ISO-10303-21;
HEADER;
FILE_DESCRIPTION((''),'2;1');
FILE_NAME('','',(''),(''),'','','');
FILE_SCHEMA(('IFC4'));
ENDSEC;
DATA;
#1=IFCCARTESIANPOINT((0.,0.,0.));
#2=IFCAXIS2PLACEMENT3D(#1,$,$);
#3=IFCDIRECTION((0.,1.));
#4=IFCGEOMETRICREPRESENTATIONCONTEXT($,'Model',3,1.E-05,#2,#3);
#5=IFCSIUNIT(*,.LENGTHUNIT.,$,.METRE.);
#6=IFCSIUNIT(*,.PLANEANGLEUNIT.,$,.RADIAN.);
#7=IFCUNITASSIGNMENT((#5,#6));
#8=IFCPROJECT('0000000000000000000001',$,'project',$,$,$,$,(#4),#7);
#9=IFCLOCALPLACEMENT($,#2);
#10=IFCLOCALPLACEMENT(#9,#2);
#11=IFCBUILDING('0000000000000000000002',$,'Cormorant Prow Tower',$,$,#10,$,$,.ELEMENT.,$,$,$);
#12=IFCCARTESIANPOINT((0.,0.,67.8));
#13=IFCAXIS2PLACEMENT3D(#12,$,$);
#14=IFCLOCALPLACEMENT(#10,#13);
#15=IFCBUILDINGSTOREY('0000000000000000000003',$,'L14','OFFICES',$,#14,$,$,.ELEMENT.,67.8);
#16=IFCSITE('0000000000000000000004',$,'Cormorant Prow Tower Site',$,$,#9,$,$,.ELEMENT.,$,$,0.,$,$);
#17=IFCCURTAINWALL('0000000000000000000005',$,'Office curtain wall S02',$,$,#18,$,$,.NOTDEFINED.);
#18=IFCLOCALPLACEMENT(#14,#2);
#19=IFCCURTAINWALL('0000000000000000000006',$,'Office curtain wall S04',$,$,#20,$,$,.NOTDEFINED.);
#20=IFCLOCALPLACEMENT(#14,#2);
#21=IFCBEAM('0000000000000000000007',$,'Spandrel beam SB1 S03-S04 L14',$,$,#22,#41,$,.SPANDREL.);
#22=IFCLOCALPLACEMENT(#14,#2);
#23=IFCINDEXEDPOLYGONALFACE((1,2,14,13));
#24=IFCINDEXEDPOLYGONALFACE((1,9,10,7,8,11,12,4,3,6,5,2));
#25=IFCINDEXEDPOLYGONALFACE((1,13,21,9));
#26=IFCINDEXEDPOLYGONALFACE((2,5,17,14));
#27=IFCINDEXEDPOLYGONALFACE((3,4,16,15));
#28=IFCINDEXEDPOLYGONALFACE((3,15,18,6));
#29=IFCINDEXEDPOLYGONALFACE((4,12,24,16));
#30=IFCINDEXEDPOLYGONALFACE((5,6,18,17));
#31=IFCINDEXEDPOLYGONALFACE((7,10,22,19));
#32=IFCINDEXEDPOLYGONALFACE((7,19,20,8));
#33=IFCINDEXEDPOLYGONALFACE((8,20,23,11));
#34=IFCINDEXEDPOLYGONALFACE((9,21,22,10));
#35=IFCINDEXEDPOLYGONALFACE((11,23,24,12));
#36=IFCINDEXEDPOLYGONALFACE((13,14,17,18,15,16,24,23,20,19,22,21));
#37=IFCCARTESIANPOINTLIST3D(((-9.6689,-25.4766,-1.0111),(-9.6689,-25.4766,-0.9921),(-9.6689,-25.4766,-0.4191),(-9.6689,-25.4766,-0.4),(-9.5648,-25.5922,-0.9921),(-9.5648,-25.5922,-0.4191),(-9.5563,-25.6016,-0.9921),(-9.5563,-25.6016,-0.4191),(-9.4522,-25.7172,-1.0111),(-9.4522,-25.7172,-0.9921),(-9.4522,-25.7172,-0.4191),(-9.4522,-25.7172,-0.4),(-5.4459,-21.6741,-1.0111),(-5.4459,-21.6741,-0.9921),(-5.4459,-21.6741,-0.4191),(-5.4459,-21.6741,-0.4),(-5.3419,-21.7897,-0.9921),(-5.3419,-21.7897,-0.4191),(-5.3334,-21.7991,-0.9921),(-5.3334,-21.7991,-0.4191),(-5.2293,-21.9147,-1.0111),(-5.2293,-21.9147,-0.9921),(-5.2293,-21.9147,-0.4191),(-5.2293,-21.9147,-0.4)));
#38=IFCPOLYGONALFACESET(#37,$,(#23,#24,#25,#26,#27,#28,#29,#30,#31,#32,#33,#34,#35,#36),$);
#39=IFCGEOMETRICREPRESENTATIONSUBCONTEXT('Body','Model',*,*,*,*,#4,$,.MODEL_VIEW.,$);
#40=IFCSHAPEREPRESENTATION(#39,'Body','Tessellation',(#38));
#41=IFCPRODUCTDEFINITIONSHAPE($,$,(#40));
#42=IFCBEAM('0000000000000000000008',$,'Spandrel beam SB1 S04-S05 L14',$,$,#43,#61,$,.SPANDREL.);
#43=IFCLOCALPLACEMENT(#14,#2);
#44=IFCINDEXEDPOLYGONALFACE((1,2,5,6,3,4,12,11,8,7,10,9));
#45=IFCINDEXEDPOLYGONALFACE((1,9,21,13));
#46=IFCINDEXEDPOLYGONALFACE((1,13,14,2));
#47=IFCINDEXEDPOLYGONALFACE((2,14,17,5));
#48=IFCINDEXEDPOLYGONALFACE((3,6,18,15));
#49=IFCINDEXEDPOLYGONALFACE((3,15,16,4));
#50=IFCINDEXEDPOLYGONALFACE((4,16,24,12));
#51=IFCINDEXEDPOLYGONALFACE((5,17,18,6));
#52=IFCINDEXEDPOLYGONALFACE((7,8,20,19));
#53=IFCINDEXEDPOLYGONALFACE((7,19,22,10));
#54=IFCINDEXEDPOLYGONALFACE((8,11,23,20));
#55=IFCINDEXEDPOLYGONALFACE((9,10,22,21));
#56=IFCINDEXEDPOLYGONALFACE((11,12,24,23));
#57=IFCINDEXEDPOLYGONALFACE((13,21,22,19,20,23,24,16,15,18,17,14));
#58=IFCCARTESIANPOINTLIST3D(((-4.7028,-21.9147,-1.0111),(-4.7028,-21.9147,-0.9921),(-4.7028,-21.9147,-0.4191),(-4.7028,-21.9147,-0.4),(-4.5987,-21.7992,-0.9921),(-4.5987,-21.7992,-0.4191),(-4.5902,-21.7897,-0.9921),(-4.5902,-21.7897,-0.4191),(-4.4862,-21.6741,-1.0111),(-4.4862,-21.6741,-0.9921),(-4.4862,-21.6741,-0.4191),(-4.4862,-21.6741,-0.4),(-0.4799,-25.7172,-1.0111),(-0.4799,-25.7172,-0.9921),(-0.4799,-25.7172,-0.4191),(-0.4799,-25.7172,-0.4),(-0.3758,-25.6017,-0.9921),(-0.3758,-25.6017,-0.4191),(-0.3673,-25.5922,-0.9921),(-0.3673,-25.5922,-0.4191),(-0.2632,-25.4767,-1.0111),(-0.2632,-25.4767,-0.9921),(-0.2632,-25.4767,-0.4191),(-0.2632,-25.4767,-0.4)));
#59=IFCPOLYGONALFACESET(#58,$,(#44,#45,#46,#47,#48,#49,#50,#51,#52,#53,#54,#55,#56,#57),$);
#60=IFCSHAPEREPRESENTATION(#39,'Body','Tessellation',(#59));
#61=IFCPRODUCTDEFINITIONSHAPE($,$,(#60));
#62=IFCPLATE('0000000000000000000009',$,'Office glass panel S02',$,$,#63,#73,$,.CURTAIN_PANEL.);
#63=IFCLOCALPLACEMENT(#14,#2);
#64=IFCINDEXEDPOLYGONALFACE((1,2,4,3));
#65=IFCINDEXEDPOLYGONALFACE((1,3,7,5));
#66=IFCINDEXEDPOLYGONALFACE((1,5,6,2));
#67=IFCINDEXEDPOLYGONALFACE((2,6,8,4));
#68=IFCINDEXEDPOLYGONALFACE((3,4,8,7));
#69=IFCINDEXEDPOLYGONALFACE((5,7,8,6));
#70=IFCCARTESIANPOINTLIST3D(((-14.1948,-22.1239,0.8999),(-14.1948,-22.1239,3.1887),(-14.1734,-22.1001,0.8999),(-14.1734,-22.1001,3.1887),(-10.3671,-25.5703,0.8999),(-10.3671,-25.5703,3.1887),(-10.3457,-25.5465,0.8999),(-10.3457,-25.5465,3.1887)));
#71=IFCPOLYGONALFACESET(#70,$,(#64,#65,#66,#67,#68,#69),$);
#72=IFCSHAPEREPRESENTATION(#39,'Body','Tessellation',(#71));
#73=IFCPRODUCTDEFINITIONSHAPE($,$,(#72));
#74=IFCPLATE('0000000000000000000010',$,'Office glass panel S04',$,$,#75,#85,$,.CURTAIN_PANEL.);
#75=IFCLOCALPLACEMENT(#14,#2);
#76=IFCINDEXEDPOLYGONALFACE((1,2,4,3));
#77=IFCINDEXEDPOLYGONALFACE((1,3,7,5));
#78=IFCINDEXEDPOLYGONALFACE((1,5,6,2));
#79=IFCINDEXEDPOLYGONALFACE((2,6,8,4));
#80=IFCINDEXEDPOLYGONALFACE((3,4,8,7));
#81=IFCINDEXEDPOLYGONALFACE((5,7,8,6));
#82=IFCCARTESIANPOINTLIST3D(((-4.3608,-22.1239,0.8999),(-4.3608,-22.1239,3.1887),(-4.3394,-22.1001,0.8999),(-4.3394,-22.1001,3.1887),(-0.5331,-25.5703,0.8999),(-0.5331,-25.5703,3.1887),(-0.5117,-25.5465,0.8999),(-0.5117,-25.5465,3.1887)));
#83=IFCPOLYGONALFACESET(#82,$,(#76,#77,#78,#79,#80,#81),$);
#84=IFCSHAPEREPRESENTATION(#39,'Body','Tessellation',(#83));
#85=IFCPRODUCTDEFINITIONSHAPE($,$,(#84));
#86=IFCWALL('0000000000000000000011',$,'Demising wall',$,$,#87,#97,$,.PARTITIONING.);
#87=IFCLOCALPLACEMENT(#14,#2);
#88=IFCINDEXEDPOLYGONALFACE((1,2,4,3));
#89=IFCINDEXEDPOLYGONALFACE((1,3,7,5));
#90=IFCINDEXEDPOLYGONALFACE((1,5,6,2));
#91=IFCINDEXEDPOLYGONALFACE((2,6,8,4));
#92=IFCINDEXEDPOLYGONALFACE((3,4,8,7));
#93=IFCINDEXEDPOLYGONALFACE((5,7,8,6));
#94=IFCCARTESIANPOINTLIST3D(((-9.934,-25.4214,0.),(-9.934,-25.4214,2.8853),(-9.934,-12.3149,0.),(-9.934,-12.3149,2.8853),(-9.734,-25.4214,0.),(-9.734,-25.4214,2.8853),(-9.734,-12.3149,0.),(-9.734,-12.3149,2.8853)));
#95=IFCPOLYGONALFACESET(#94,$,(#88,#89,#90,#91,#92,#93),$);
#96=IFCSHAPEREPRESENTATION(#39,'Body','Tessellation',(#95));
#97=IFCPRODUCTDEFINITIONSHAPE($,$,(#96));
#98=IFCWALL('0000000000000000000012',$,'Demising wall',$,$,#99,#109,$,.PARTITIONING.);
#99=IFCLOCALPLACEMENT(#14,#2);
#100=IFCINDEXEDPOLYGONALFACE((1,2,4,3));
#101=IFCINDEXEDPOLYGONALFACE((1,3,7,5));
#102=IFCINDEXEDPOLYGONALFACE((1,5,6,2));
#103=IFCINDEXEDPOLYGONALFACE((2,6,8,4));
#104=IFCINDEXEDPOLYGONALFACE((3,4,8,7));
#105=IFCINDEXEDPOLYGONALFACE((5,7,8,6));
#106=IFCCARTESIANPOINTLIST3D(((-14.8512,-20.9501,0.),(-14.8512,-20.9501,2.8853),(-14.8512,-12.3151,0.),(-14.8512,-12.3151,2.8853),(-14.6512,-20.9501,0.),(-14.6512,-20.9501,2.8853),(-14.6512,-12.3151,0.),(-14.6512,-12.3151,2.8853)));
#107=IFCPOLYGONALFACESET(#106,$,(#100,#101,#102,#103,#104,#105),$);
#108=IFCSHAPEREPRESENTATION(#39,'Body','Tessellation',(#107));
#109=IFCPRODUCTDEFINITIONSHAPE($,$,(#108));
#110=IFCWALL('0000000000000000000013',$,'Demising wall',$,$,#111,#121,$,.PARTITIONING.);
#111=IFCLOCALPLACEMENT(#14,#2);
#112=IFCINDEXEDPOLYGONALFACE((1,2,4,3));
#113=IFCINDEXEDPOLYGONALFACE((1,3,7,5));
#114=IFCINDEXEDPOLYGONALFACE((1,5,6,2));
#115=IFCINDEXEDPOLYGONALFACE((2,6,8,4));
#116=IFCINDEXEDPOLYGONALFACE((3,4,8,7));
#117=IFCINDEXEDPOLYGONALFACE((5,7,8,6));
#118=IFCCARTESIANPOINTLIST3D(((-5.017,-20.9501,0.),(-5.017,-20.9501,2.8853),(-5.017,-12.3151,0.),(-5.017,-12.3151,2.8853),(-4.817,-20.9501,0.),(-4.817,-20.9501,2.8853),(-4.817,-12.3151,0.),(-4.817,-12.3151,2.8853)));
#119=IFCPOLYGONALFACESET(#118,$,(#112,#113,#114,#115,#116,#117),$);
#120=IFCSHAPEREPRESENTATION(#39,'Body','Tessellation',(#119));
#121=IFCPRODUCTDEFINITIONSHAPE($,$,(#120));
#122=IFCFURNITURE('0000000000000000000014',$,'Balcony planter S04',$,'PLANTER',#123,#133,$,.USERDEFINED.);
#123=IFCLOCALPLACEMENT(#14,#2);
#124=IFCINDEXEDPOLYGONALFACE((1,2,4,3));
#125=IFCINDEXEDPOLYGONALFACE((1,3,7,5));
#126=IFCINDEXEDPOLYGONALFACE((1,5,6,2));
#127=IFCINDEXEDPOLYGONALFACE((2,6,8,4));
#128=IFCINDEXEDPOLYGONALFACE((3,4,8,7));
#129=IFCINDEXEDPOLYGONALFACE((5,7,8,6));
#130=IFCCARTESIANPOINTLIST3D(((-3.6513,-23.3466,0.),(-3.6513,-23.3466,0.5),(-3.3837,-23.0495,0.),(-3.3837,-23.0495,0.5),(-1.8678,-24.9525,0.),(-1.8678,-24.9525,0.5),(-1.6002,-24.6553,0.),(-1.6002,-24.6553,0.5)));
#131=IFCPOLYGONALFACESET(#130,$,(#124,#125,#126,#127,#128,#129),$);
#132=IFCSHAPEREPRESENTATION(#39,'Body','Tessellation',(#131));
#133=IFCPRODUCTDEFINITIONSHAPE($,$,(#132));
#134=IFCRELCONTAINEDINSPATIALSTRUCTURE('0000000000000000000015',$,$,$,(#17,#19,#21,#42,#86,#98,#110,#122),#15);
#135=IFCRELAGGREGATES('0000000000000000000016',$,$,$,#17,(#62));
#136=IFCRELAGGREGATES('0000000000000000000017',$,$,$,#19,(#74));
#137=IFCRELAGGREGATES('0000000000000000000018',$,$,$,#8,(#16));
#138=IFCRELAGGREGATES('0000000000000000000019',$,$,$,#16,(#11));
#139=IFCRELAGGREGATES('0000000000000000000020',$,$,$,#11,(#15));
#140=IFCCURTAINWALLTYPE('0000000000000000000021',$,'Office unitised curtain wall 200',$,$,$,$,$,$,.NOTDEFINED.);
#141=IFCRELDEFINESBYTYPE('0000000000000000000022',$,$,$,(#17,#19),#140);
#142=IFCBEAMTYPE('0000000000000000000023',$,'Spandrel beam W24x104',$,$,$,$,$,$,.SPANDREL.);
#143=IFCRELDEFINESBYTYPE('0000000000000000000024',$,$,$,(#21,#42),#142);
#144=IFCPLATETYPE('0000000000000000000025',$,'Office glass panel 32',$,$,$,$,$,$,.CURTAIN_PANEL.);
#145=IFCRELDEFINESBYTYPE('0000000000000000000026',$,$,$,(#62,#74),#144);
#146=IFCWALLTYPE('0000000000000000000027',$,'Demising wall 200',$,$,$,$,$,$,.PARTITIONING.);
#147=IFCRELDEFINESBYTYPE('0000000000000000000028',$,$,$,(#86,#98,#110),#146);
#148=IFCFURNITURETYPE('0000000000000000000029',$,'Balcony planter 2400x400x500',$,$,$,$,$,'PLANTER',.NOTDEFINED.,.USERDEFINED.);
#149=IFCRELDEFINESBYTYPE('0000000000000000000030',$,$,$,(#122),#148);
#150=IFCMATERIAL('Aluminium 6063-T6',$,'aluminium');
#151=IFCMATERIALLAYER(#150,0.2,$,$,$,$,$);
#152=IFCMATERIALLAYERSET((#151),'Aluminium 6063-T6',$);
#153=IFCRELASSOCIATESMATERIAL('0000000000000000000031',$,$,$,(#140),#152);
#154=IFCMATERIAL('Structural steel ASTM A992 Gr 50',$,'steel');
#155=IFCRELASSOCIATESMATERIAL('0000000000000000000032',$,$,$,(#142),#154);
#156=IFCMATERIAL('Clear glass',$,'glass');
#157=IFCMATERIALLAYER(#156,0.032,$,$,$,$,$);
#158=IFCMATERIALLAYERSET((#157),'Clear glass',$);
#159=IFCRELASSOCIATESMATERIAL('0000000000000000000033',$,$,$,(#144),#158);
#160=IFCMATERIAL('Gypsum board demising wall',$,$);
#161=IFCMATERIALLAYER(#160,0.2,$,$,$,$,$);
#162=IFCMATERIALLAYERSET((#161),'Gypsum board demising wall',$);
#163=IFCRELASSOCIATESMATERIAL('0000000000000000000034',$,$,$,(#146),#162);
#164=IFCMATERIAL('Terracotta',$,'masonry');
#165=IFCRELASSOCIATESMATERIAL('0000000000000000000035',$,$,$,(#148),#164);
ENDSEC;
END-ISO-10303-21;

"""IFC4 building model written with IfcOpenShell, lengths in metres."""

from ifc_helpers import new_model, si_unit, direction, frame, frame_2d, origin, origin_2d, place, context, subcontext, project, spatial, rectangle, i_section, extrude, material, layer, layer_set, material_profile, profile_set, type_object, element, aggregate, save


model = new_model("IFC4")

# Units and contexts
model_context = context("Model", 3, precision=1e-05, world=origin(), true_north=direction((0.0, 1.0)))
body_context = subcontext(model_context, "Body", "Model", "MODEL_VIEW")
ifc_project = project(units=[si_unit("LENGTHUNIT", "METRE"), si_unit("PLANEANGLEUNIT", "RADIAN")], contexts=[model_context])

# Site, building, storey
site_placement = place(None, origin())
site = spatial("IfcSite", under=ifc_project, at=site_placement, Name="Cormorant Prow Tower Site", CompositionType="ELEMENT", RefElevation=0.0)
building_placement = place(site_placement, origin())
building = spatial("IfcBuilding", under=site, at=building_placement, Name="Cormorant Prow Tower", CompositionType="ELEMENT")
storey_placement = place(building_placement, frame((0.0, 0.0, 67.8)))
storey = spatial("IfcBuildingStorey", under=building, at=storey_placement, Name="L14", Description="OFFICES", CompositionType="ELEMENT", Elevation=67.8)

# Curtain walls
ifc_material_1 = material(Name="Aluminium 6063-T6", Category="aluminium")
ifc_layer_1 = layer(ifc_material_1, 0.2)
ifc_layer_set_1 = layer_set([ifc_layer_1], Name="Aluminium 6063-T6")
curtain_wall_type = type_object("IfcCurtainWallType", Name="Office unitised curtain wall 200", PredefinedType="NOTDEFINED", material=ifc_layer_set_1)
curtain_wall_1_placement = place(storey_placement, origin())
curtain_wall_1 = element("IfcCurtainWall", 1, at=curtain_wall_1_placement, inside=storey, type_object=curtain_wall_type, Name="Office curtain wall S02", PredefinedType="NOTDEFINED")
curtain_wall_2_placement = place(storey_placement, origin())
curtain_wall_2 = element("IfcCurtainWall", 2, at=curtain_wall_2_placement, inside=storey, type_object=curtain_wall_type, Name="Office curtain wall S04", PredefinedType="NOTDEFINED")

# Beams
ifc_material_2 = material(Name="Structural steel ASTM A992 Gr 50", Category="steel")
ifc_material_profile_1 = material_profile(ifc_material_2, i_section(OverallWidth=0.3237, OverallDepth=0.6111, WebThickness=0.0127, FlangeThickness=0.019, at=origin_2d()), Name="W24x104")
ifc_profile_set_1 = profile_set([ifc_material_profile_1], Name="Structural steel ASTM A992 Gr 50")
beam_type_1 = type_object("IfcBeamType", Name="Spandrel beam W24x104", PredefinedType="SPANDREL", material=ifc_profile_set_1)
for number, where, z_axis, x_axis, name in (
    (3, (-9.5605, -25.5969, -0.7056), (0.74313, 0.669147, 0.0), (-0.669147, 0.74313, 0.0), "Spandrel beam SB1 S03-S04 L14"),
    (4, (-4.5945, -21.7944, -0.7056), (0.74313, -0.669147, 0.0), (0.669147, 0.74313, 0.0), "Spandrel beam SB1 S04-S05 L14"),
):
    element("IfcBeam", number, at=place(storey_placement, frame(where, z_axis=z_axis, x_axis=x_axis)), inside=storey, type_object=beam_type_1, Name=name, PredefinedType="SPANDREL", context=body_context, shape_type="SweptSolid", body=[
        extrude(i_section(OverallWidth=0.3237, OverallDepth=0.6111, WebThickness=0.0127, FlangeThickness=0.019, at=origin_2d()), origin(), (0.0, 0.0, 1.0), 5.6826),
    ])

# Plates
ifc_material_3 = material(Name="Clear glass", Category="glass")
ifc_layer_2 = layer(ifc_material_3, 0.032)
ifc_layer_set_2 = layer_set([ifc_layer_2], Name="Clear glass")
plate_type = type_object("IfcPlateType", Name="Office glass panel 32", PredefinedType="CURTAIN_PANEL", material=ifc_layer_set_2)
plate_1_placement = place(storey_placement, frame((-12.2703, -23.8352, 0.8999), z_axis=(0.0, 0.0, 1.0), x_axis=(0.743145, -0.669131, 0.0)))
plate_1 = element("IfcPlate", 5, at=plate_1_placement, type_object=plate_type, Name="Office glass panel S02", PredefinedType="CURTAIN_PANEL", context=body_context, shape_type="SweptSolid", body=[
    extrude(rectangle(XDim=5.1506, YDim=0.032, at=origin_2d()), origin(), (0.0, 0.0, 1.0), 2.2888),
])
aggregate(curtain_wall_1, [plate_1])
plate_2_placement = place(storey_placement, frame((-2.4363, -23.8352, 0.8999), z_axis=(0.0, 0.0, 1.0), x_axis=(0.743145, -0.669131, 0.0)))
plate_2 = element("IfcPlate", 6, at=plate_2_placement, type_object=plate_type, Name="Office glass panel S04", PredefinedType="CURTAIN_PANEL", context=body_context, shape_type="SweptSolid", body=[
    extrude(rectangle(XDim=5.1506, YDim=0.032, at=origin_2d()), origin(), (0.0, 0.0, 1.0), 2.2888),
])
aggregate(curtain_wall_2, [plate_2])

# Walls
ifc_material_4 = material(Name="Gypsum board demising wall")
ifc_layer_3 = layer(ifc_material_4, 0.2)
ifc_layer_set_3 = layer_set([ifc_layer_3], Name="Gypsum board demising wall")
wall_type_1 = type_object("IfcWallType", Name="Demising wall 200", PredefinedType="PARTITIONING", material=ifc_layer_set_3)
wall_1_placement = place(storey_placement, frame((-9.834, -25.4214, 0.0), z_axis=(0.0, 0.0, 1.0), x_axis=(0.0, 1.0, 0.0)))
element("IfcWall", 7, at=wall_1_placement, inside=storey, type_object=wall_type_1, Name="Demising wall", PredefinedType="PARTITIONING", context=body_context, shape_type="SweptSolid", body=[
    extrude(rectangle(XDim=13.1064, YDim=0.2, at=frame_2d((6.5532, 0.0))), origin(), (0.0, 0.0, 1.0), 2.8853),
])
for number, where, z_axis, x_axis, name in (
    (8, (-14.7512, -20.95, 0.0), (0.0, 0.0, 1.0), (0.0, 1.0, 0.0), "Demising wall"),
    (9, (-4.917, -20.95, 0.0), (0.0, 0.0, 1.0), (0.0, 1.0, 0.0), "Demising wall"),
):
    element("IfcWall", number, at=place(storey_placement, frame(where, z_axis=z_axis, x_axis=x_axis)), inside=storey, type_object=wall_type_1, Name=name, PredefinedType="PARTITIONING", context=body_context, shape_type="SweptSolid", body=[
        extrude(rectangle(XDim=8.635, YDim=0.2, at=frame_2d((4.3174, 0.0))), origin(), (0.0, 0.0, 1.0), 2.8853),
    ])

# Furniture
ifc_material_5 = material(Name="Terracotta", Category="masonry")
furniture_type = type_object("IfcFurnitureType", Name="Balcony planter 2400x400x500", ElementType="PLANTER", AssemblyPlace="NOTDEFINED", PredefinedType="USERDEFINED", material=ifc_material_5)
furniture_placement = place(storey_placement, frame((-2.6257, -24.001, 0.0), z_axis=(0.0, 0.0, 1.0), x_axis=(0.743145, -0.669131, 0.0)))
element("IfcFurniture", 10, at=furniture_placement, inside=storey, type_object=furniture_type, Name="Balcony planter S04", ObjectType="PLANTER", PredefinedType="USERDEFINED", context=body_context, shape_type="SweptSolid", body=[
    extrude(rectangle(XDim=2.3999, YDim=0.3999, at=origin_2d()), origin(), (0.0, 0.0, 1.0), 0.5),
])

save(model, "model.ifc")
